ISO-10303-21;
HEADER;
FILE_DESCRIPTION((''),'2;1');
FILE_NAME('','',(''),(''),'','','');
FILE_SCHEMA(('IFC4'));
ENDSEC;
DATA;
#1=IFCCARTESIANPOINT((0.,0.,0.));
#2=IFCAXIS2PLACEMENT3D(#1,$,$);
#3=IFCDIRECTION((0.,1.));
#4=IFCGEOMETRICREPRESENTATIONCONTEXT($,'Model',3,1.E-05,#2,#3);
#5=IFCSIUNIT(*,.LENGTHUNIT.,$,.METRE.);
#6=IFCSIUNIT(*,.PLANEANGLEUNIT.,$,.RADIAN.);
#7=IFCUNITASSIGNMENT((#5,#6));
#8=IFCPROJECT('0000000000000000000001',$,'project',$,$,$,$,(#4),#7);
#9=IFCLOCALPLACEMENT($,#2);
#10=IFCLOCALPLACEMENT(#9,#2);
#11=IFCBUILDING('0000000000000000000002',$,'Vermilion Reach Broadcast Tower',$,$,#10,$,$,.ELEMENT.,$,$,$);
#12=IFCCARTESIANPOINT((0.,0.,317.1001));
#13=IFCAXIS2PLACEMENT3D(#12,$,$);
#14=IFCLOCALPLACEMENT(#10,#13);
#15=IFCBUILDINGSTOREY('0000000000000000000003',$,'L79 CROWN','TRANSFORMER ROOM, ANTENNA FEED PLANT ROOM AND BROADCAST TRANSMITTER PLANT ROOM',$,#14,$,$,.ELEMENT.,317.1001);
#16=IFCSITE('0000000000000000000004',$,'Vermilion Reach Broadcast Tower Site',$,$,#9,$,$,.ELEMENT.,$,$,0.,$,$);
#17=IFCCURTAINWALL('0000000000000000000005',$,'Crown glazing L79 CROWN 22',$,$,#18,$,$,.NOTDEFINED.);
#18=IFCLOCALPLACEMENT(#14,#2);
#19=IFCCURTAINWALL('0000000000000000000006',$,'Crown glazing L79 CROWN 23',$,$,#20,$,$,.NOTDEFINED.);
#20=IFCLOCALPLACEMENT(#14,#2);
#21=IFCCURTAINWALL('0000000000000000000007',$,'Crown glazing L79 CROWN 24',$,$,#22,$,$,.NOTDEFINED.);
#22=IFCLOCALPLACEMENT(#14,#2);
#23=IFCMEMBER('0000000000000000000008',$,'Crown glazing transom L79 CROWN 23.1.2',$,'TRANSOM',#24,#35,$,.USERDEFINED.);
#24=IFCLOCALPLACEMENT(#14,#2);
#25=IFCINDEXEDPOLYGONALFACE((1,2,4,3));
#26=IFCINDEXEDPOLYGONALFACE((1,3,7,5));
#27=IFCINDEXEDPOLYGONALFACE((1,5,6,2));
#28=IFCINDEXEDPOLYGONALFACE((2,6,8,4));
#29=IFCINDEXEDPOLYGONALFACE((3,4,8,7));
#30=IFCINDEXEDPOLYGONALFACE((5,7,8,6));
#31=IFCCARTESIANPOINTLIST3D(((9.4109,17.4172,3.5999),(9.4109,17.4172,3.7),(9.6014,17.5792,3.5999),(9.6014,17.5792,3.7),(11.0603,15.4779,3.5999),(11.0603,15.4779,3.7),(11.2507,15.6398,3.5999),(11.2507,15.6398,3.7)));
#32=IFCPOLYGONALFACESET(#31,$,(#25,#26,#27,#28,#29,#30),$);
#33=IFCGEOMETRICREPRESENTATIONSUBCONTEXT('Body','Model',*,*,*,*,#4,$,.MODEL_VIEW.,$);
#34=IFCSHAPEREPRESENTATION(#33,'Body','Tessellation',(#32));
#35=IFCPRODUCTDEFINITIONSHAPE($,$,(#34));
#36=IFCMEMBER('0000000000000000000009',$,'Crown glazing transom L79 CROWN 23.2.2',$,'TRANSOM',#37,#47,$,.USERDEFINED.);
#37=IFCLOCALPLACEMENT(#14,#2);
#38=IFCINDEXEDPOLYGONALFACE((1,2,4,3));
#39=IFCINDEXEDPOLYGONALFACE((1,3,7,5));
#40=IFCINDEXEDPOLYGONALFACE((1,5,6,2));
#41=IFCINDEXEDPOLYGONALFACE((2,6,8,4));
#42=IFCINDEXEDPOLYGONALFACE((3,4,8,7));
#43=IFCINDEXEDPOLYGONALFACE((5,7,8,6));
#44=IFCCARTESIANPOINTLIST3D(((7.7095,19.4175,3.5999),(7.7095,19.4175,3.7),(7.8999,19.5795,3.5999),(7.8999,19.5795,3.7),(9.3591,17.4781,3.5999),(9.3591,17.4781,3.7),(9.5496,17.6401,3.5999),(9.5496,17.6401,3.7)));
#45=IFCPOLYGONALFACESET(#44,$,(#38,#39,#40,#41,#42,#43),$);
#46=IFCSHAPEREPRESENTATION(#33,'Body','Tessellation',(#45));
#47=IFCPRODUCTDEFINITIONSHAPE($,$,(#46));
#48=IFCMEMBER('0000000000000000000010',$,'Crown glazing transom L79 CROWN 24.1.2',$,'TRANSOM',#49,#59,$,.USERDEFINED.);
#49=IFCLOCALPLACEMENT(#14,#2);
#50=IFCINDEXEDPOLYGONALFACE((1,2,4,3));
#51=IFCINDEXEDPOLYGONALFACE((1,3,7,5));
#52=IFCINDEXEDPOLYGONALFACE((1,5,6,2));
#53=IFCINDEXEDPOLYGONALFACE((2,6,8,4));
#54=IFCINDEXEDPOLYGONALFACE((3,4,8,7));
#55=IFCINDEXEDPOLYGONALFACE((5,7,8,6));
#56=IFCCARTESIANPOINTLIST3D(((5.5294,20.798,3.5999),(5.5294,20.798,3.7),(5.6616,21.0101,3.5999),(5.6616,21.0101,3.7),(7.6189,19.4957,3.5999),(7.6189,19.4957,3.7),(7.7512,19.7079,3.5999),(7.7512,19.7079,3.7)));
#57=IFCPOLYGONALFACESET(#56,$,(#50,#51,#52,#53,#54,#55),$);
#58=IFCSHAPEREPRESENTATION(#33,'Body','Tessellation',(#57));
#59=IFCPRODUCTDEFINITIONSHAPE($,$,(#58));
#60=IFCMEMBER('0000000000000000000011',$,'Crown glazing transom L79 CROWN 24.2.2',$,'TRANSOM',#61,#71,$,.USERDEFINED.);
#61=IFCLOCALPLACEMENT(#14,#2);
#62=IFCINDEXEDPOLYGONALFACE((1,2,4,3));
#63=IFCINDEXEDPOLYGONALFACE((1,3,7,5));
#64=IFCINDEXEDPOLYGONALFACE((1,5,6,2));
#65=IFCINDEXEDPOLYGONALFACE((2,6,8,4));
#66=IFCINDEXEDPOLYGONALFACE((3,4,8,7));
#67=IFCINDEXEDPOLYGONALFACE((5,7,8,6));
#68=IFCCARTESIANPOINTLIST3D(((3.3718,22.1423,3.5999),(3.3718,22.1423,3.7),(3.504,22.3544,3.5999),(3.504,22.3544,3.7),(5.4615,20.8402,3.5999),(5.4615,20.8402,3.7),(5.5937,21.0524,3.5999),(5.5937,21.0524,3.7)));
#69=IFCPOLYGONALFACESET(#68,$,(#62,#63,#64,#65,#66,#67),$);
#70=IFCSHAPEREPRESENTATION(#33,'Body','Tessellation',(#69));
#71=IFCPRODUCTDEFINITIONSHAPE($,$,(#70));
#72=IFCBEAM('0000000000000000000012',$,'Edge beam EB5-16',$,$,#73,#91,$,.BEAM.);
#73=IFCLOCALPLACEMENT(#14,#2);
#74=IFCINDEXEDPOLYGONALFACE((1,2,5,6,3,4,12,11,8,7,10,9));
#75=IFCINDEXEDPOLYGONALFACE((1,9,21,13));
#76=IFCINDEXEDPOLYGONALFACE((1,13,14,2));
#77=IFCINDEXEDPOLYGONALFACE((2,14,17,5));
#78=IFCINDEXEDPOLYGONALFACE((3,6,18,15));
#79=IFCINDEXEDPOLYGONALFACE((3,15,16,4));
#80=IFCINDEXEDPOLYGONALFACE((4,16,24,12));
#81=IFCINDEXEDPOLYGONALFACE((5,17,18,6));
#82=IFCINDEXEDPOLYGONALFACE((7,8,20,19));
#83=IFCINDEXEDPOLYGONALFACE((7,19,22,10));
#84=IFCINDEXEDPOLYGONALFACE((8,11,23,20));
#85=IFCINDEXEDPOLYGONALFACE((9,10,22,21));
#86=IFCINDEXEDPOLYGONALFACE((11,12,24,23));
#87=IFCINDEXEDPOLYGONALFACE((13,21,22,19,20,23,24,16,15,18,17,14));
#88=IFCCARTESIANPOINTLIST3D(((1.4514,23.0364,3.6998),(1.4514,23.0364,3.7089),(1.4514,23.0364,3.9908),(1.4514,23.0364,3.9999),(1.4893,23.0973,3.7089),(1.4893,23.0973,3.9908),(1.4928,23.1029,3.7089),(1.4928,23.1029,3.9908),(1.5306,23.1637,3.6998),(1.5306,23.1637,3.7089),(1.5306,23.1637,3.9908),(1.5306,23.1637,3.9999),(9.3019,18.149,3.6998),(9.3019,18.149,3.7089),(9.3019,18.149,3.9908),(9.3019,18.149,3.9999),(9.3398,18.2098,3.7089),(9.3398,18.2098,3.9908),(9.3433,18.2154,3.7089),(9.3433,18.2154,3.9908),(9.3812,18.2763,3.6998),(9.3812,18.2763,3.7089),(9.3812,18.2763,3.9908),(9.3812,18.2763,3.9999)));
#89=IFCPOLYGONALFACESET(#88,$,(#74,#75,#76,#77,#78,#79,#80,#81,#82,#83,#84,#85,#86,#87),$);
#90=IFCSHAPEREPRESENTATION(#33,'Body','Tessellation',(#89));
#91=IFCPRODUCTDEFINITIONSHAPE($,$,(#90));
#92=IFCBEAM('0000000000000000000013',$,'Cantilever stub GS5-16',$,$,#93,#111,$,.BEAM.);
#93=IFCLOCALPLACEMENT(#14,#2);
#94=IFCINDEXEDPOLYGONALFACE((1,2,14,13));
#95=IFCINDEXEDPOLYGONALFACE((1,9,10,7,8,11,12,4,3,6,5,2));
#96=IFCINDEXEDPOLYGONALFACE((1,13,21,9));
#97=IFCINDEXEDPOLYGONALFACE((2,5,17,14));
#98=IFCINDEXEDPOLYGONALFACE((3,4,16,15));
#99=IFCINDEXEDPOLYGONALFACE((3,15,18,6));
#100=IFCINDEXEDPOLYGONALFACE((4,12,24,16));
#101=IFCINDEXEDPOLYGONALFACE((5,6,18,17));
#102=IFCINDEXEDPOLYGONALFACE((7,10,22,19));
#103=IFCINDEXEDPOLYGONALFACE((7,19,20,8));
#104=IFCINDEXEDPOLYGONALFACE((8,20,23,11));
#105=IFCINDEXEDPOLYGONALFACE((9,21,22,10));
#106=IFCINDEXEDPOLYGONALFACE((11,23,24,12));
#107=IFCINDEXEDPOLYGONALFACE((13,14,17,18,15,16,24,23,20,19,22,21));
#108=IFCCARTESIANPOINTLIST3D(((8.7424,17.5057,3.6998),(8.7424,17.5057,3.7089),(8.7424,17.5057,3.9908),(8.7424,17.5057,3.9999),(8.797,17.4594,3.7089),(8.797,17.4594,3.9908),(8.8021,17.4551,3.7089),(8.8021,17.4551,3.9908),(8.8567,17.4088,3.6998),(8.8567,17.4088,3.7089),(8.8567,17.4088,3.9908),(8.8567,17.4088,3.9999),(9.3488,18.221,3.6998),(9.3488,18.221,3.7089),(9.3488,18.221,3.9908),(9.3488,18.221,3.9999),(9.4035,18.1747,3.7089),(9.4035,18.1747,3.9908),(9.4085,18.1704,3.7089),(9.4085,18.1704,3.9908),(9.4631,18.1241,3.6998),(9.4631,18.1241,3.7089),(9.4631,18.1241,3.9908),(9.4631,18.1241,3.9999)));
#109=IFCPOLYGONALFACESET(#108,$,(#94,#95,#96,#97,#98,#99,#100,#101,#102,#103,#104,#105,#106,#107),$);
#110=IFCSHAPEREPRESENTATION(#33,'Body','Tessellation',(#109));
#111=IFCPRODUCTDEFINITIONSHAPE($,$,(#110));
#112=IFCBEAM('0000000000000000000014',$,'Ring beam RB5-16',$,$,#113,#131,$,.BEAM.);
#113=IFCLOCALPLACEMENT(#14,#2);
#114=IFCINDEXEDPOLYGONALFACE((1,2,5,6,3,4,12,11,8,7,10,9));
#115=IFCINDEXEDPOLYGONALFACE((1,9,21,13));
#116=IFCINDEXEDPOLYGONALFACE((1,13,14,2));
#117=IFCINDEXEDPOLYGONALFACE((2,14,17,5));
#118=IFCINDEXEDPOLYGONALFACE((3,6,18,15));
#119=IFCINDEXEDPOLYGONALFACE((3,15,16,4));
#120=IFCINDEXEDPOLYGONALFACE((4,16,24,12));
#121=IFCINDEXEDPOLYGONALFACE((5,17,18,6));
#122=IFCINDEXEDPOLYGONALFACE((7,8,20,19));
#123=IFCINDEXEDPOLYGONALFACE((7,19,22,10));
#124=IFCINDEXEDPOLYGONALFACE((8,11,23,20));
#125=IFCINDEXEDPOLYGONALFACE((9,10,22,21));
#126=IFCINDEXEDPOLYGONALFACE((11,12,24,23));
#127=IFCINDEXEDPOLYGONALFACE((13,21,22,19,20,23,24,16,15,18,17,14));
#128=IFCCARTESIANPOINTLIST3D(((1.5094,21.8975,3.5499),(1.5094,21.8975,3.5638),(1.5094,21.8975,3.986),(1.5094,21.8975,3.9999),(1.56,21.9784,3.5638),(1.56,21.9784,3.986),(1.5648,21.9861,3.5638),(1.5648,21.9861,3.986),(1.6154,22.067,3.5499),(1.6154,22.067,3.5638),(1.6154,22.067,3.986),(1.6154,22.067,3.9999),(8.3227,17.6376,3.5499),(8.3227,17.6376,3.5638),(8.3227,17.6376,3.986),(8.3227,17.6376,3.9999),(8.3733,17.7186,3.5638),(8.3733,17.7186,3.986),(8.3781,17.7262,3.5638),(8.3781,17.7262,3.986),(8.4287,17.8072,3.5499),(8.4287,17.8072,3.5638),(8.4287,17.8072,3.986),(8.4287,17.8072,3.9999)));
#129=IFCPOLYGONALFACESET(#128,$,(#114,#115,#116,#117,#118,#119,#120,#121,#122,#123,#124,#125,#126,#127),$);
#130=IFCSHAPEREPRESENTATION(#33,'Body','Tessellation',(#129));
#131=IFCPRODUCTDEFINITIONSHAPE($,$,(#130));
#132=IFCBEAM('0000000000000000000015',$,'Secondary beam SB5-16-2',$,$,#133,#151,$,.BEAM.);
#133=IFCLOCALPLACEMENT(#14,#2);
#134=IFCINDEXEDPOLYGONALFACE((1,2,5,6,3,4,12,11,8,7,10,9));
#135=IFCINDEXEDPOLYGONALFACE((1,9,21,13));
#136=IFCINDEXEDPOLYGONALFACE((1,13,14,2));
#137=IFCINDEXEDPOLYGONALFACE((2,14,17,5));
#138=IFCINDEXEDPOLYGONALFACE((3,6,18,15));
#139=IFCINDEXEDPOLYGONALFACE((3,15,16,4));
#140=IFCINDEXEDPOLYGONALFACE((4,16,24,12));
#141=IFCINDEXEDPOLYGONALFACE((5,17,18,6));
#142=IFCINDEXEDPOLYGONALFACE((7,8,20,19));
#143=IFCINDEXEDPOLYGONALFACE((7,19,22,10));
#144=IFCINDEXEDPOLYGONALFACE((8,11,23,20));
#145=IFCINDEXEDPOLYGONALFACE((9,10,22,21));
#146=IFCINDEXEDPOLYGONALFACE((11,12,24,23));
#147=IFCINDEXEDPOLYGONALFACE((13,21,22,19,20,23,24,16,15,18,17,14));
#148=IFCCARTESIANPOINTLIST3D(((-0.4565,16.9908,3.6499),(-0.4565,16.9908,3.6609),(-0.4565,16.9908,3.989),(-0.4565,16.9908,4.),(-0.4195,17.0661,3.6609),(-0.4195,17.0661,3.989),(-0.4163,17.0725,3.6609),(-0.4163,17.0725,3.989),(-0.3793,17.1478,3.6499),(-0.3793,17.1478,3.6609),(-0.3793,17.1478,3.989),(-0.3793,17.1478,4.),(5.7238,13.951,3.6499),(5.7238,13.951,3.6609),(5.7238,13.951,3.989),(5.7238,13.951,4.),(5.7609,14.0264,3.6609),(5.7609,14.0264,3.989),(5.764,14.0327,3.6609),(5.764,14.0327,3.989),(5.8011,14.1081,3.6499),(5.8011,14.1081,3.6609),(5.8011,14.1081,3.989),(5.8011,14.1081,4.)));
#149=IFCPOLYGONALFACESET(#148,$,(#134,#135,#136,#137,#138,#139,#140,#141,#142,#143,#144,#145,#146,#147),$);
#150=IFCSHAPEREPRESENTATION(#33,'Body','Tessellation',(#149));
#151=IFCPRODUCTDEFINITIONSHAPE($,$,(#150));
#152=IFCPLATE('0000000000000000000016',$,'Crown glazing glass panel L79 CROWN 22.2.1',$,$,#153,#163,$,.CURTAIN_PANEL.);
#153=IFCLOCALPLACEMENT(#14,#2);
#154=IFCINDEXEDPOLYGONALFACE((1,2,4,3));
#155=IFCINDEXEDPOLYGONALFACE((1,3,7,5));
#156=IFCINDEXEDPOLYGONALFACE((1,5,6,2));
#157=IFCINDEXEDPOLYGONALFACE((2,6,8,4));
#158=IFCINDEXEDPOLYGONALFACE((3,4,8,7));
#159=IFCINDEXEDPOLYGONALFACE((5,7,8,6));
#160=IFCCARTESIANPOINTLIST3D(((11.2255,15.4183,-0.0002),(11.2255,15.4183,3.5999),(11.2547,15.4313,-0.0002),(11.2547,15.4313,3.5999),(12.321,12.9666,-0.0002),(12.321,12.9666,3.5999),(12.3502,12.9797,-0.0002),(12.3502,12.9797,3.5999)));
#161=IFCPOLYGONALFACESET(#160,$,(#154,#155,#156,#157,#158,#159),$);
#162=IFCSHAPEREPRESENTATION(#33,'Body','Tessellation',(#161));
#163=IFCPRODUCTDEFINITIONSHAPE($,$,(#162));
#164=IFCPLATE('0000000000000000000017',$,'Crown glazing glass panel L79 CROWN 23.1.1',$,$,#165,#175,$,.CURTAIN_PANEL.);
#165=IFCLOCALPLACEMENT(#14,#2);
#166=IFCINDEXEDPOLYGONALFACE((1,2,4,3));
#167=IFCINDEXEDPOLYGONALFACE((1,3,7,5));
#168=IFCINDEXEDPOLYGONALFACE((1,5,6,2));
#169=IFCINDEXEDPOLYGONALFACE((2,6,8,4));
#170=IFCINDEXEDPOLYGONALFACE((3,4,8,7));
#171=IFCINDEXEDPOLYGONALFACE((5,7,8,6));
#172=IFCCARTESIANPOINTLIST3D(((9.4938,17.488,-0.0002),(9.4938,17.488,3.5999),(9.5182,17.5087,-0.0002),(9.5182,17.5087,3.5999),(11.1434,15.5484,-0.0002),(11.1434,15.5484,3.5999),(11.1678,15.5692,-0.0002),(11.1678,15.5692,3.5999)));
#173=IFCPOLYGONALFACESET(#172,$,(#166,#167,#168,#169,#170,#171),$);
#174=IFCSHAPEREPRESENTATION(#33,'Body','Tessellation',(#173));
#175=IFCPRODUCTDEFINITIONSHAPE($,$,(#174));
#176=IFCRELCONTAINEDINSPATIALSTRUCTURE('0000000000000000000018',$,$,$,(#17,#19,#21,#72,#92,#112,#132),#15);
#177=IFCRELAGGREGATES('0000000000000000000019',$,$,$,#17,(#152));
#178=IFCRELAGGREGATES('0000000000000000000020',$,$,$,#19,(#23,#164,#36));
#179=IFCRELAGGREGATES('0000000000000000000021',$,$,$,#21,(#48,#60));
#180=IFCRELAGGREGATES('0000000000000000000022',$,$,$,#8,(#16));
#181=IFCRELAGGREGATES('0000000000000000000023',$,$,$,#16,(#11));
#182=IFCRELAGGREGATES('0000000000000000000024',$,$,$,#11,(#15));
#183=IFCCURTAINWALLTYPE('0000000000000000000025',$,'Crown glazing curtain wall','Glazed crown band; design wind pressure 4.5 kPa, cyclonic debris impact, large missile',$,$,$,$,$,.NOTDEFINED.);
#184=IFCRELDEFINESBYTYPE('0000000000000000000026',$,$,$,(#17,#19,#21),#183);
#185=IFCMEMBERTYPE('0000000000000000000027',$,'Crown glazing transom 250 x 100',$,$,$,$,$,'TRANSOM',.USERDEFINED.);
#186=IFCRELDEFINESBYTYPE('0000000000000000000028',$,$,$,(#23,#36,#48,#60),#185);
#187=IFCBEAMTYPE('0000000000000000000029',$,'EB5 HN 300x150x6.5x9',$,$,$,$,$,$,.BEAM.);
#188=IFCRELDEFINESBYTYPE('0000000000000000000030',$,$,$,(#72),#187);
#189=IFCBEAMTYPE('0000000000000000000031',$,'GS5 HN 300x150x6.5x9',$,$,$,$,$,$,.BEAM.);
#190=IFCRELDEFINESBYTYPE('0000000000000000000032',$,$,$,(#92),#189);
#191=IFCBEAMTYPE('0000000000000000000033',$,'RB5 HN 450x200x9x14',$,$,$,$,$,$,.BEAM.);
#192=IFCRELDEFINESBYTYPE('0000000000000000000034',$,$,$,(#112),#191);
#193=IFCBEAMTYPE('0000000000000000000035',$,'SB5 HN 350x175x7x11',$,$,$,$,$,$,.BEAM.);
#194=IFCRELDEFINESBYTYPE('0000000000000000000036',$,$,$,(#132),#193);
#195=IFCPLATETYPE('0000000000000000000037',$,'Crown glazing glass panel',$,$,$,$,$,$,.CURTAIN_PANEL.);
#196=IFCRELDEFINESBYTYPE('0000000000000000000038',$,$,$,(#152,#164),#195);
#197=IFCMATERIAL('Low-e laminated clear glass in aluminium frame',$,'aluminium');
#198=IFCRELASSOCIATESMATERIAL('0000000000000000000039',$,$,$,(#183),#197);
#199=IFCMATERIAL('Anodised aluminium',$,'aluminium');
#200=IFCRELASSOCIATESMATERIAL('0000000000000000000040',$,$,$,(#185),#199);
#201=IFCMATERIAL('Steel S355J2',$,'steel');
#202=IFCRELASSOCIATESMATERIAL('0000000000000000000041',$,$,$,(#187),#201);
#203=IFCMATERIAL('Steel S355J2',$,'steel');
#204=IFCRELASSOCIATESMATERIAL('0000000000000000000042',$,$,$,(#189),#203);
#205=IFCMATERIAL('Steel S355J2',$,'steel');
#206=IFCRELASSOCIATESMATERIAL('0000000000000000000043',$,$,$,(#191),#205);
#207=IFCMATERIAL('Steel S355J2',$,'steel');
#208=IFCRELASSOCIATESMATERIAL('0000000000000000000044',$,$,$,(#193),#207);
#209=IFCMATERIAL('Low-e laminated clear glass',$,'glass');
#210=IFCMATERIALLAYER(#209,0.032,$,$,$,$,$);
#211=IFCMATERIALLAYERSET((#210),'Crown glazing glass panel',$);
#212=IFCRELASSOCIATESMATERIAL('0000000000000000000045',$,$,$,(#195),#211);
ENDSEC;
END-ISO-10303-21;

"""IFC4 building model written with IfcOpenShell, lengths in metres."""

from ifc_helpers import new_model, si_unit, direction, frame, origin, origin_2d, place, context, subcontext, project, spatial, rectangle, i_section, extrude, material, layer, layer_set, material_profile, profile_set, type_object, element, aggregate, save


model = new_model("IFC4")

# Units and contexts
model_context = context("Model", 3, precision=1e-05, world=origin(), true_north=direction((0.0, 1.0)))
body_context = subcontext(model_context, "Body", "Model", "MODEL_VIEW")
ifc_project = project(units=[si_unit("LENGTHUNIT", "METRE"), si_unit("PLANEANGLEUNIT", "RADIAN")], contexts=[model_context])

# Site, building, storey
site_placement = place(None, origin())
site = spatial("IfcSite", under=ifc_project, at=site_placement, Name="Vermilion Reach Broadcast Tower Site", CompositionType="ELEMENT", RefElevation=0.0)
building_placement = place(site_placement, origin())
building = spatial("IfcBuilding", under=site, at=building_placement, Name="Vermilion Reach Broadcast Tower", CompositionType="ELEMENT")
storey_placement = place(building_placement, frame((0.0, 0.0, 317.1001)))
storey = spatial("IfcBuildingStorey", under=building, at=storey_placement, Name="L79 CROWN", Description="TRANSFORMER ROOM, ANTENNA FEED PLANT ROOM AND BROADCAST TRANSMITTER PLANT ROOM", CompositionType="ELEMENT", Elevation=317.1001)

# Curtain walls
ifc_material_1 = material(Name="Low-e laminated clear glass in aluminium frame", Category="aluminium")
curtain_wall_type = type_object("IfcCurtainWallType", Name="Crown glazing curtain wall", Description="Glazed crown band; design wind pressure 4.5 kPa, cyclonic debris impact, large missile", PredefinedType="NOTDEFINED", material=ifc_material_1)
placement = place(storey_placement, origin())
curtain_wall_1 = element("IfcCurtainWall", 1, at=placement, inside=storey, type_object=curtain_wall_type, Name="Crown glazing L79 CROWN 22", PredefinedType="NOTDEFINED")
curtain_wall_2 = element("IfcCurtainWall", 2, at=placement, inside=storey, type_object=curtain_wall_type, Name="Crown glazing L79 CROWN 23", PredefinedType="NOTDEFINED")
curtain_wall_3 = element("IfcCurtainWall", 3, at=placement, inside=storey, type_object=curtain_wall_type, Name="Crown glazing L79 CROWN 24", PredefinedType="NOTDEFINED")

# Members
ifc_material_2 = material(Name="Anodised aluminium", Category="aluminium")
ifc_material_profile_1 = material_profile(ifc_material_2, rectangle(XDim=0.25, YDim=0.1001, at=origin_2d()), Name="Crown glazing transom 250 x 100")
ifc_profile_set_1 = profile_set([ifc_material_profile_1], Name="Anodised aluminium")
member_type_1 = type_object("IfcMemberType", Name="Crown glazing transom 250 x 100", ElementType="TRANSOM", PredefinedType="USERDEFINED", material=ifc_profile_set_1)
member_1_placement = place(storey_placement, frame((11.1555, 15.5588, 3.6499), z_axis=(-0.647849, 0.761769, 0.0), x_axis=(-0.761769, -0.647849, 0.0)))
member_1 = element("IfcMember", 4, at=member_1_placement, type_object=member_type_1, Name="Crown glazing transom L79 CROWN 23.1.2", ObjectType="TRANSOM", PredefinedType="USERDEFINED", context=body_context, shape_type="SweptSolid", body=[
    extrude(rectangle(XDim=0.25, YDim=0.1001, at=origin_2d()), origin(), (0.0, 0.0, 1.0), 2.5459),
])
member_2_placement = place(storey_placement, frame((9.4543, 17.5591, 3.6499), z_axis=(-0.647904, 0.761722, 0.0), x_axis=(-0.761722, -0.647904, 0.0)))
member_2 = element("IfcMember", 5, at=member_2_placement, type_object=member_type_1, Name="Crown glazing transom L79 CROWN 23.2.2", ObjectType="TRANSOM", PredefinedType="USERDEFINED", context=body_context, shape_type="SweptSolid", body=[
    extrude(rectangle(XDim=0.25, YDim=0.1001, at=origin_2d()), origin(), (0.0, 0.0, 1.0), 2.5461),
])
member_3_placement = place(storey_placement, frame((7.6851, 19.6018, 3.6499), z_axis=(-0.848683, 0.528902, 0.0), x_axis=(-0.528902, -0.848683, 0.0)))
member_3 = element("IfcMember", 6, at=member_3_placement, type_object=member_type_1, Name="Crown glazing transom L79 CROWN 24.1.2", ObjectType="TRANSOM", PredefinedType="USERDEFINED", context=body_context, shape_type="SweptSolid", body=[
    extrude(rectangle(XDim=0.25, YDim=0.1001, at=origin_2d()), origin(), (0.0, 0.0, 1.0), 2.4622),
])
member_4_placement = place(storey_placement, frame((5.5276, 20.9463, 3.6499), z_axis=(-0.848727, 0.528831, 0.0), x_axis=(-0.528831, -0.848727, 0.0)))
member_4 = element("IfcMember", 7, at=member_4_placement, type_object=member_type_1, Name="Crown glazing transom L79 CROWN 24.2.2", ObjectType="TRANSOM", PredefinedType="USERDEFINED", context=body_context, shape_type="SweptSolid", body=[
    extrude(rectangle(XDim=0.25, YDim=0.1001, at=origin_2d()), origin(), (0.0, 0.0, 1.0), 2.4622),
])

# Beams
ifc_material_3 = material(Name="Steel S355J2", Category="steel")
ifc_material_profile_2 = material_profile(ifc_material_3, i_section(OverallWidth=0.1499, OverallDepth=0.3, WebThickness=0.0066, FlangeThickness=0.009, at=origin_2d()), Name="S355J2 HN 300x150x6.5x9")
ifc_profile_set_2 = profile_set([ifc_material_profile_2], Name="Steel S355J2")
beam_type_1 = type_object("IfcBeamType", Name="EB5 HN 300x150x6.5x9", PredefinedType="BEAM", material=ifc_profile_set_2)
beam_1_placement = place(storey_placement, frame((9.3416, 18.2126, 3.8499), z_axis=(-0.848928, 0.528508, 0.0), x_axis=(-0.528508, -0.848928, 0.0)))
element("IfcBeam", 8, at=beam_1_placement, inside=storey, type_object=beam_type_1, Name="Edge beam EB5-16", PredefinedType="BEAM", context=body_context, shape_type="SweptSolid", body=[
    extrude(i_section(OverallWidth=0.1499, OverallDepth=0.3, WebThickness=0.0066, FlangeThickness=0.009, at=origin_2d()), origin(), (0.0, 0.0, 1.0), 9.2476),
])
ifc_material_4 = material(Name="Steel S355J2", Category="steel")
ifc_material_profile_3 = material_profile(ifc_material_4, i_section(OverallWidth=0.1499, OverallDepth=0.3, WebThickness=0.0066, FlangeThickness=0.009, at=origin_2d()), Name="S355J2 HN 300x150x6.5x9")
ifc_profile_set_3 = profile_set([ifc_material_profile_3], Name="Steel S355J2")
beam_type_2 = type_object("IfcBeamType", Name="GS5 HN 300x150x6.5x9", PredefinedType="BEAM", material=ifc_profile_set_3)
beam_2_placement = place(storey_placement, frame((8.7996, 17.4573, 3.8499), z_axis=(0.646665, 0.762774, 0.0), x_axis=(-0.762774, 0.646665, 0.0)))
element("IfcBeam", 9, at=beam_2_placement, inside=storey, type_object=beam_type_2, Name="Cantilever stub GS5-16", PredefinedType="BEAM", context=body_context, shape_type="SweptSolid", body=[
    extrude(i_section(OverallWidth=0.1499, OverallDepth=0.3, WebThickness=0.0066, FlangeThickness=0.009, at=origin_2d()), origin(), (0.0, 0.0, 1.0), 0.9377),
])
ifc_material_5 = material(Name="Steel S355J2", Category="steel")
ifc_material_profile_4 = material_profile(ifc_material_5, i_section(OverallWidth=0.2, OverallDepth=0.45, WebThickness=0.009, FlangeThickness=0.0139, at=origin_2d()), Name="S355J2 HN 450x200x9x14")
ifc_profile_set_4 = profile_set([ifc_material_profile_4], Name="Steel S355J2")
beam_type_3 = type_object("IfcBeamType", Name="RB5 HN 450x200x9x14", PredefinedType="BEAM", material=ifc_profile_set_4)
beam_3_placement = place(storey_placement, frame((8.3757, 17.7224, 3.7749), z_axis=(-0.847915, 0.530133, 0.0), x_axis=(-0.530133, -0.847915, 0.0)))
element("IfcBeam", 10, at=beam_3_placement, inside=storey, type_object=beam_type_3, Name="Ring beam RB5-16", PredefinedType="BEAM", context=body_context, shape_type="SweptSolid", body=[
    extrude(i_section(OverallWidth=0.2, OverallDepth=0.45, WebThickness=0.009, FlangeThickness=0.0139, at=origin_2d()), origin(), (0.0, 0.0, 1.0), 8.0354),
])
ifc_material_6 = material(Name="Steel S355J2", Category="steel")
ifc_material_profile_5 = material_profile(ifc_material_6, i_section(OverallWidth=0.175, OverallDepth=0.3501, WebThickness=0.0071, FlangeThickness=0.011, at=origin_2d()), Name="S355J2 HN 350x175x7x11")
ifc_profile_set_5 = profile_set([ifc_material_profile_5], Name="Steel S355J2")
beam_type_4 = type_object("IfcBeamType", Name="SB5 HN 350x175x7x11", PredefinedType="BEAM", material=ifc_profile_set_5)
beam_4_placement = place(storey_placement, frame((5.7625, 14.0295, 3.825), z_axis=(-0.897336, 0.441348, 0.0), x_axis=(-0.441348, -0.897336, 0.0)))
element("IfcBeam", 11, at=beam_4_placement, inside=storey, type_object=beam_type_4, Name="Secondary beam SB5-16-2", PredefinedType="BEAM", context=body_context, shape_type="SweptSolid", body=[
    extrude(i_section(OverallWidth=0.175, OverallDepth=0.3501, WebThickness=0.0071, FlangeThickness=0.011, at=origin_2d()), origin(), (0.0, 0.0, 1.0), 6.8875),
])

# Plates
ifc_material_7 = material(Name="Low-e laminated clear glass", Category="glass")
ifc_layer_1 = layer(ifc_material_7, 0.032)
ifc_layer_set_1 = layer_set([ifc_layer_1], Name="Crown glazing glass panel")
plate_type = type_object("IfcPlateType", Name="Crown glazing glass panel", PredefinedType="CURTAIN_PANEL", material=ifc_layer_set_1)
plate_1_placement = place(storey_placement, frame((11.7878, 14.199, -0.0002), z_axis=(0.0, 0.0, 1.0), x_axis=(-0.407985, 0.912989, 0.0)))
plate_1 = element("IfcPlate", 12, at=plate_1_placement, type_object=plate_type, Name="Crown glazing glass panel L79 CROWN 22.2.1", PredefinedType="CURTAIN_PANEL", context=body_context, shape_type="SweptSolid", body=[
    extrude(rectangle(XDim=2.6853, YDim=0.032, at=origin_2d()), origin(), (0.0, 0.0, 1.0), 3.6001),
])
aggregate(curtain_wall_1, [plate_1])
plate_2_placement = place(storey_placement, frame((10.3308, 16.5286, -0.0002), z_axis=(0.0, 0.0, 1.0), x_axis=(-0.647871, 0.76175, 0.0)))
plate_2 = element("IfcPlate", 13, at=plate_2_placement, type_object=plate_type, Name="Crown glazing glass panel L79 CROWN 23.1.1", PredefinedType="CURTAIN_PANEL", context=body_context, shape_type="SweptSolid", body=[
    extrude(rectangle(XDim=2.5461, YDim=0.032, at=origin_2d()), origin(), (0.0, 0.0, 1.0), 3.6001),
])
aggregate(curtain_wall_2, [member_1, plate_2, member_2])
aggregate(curtain_wall_3, [member_3, member_4])

save(model, "model.ifc")
